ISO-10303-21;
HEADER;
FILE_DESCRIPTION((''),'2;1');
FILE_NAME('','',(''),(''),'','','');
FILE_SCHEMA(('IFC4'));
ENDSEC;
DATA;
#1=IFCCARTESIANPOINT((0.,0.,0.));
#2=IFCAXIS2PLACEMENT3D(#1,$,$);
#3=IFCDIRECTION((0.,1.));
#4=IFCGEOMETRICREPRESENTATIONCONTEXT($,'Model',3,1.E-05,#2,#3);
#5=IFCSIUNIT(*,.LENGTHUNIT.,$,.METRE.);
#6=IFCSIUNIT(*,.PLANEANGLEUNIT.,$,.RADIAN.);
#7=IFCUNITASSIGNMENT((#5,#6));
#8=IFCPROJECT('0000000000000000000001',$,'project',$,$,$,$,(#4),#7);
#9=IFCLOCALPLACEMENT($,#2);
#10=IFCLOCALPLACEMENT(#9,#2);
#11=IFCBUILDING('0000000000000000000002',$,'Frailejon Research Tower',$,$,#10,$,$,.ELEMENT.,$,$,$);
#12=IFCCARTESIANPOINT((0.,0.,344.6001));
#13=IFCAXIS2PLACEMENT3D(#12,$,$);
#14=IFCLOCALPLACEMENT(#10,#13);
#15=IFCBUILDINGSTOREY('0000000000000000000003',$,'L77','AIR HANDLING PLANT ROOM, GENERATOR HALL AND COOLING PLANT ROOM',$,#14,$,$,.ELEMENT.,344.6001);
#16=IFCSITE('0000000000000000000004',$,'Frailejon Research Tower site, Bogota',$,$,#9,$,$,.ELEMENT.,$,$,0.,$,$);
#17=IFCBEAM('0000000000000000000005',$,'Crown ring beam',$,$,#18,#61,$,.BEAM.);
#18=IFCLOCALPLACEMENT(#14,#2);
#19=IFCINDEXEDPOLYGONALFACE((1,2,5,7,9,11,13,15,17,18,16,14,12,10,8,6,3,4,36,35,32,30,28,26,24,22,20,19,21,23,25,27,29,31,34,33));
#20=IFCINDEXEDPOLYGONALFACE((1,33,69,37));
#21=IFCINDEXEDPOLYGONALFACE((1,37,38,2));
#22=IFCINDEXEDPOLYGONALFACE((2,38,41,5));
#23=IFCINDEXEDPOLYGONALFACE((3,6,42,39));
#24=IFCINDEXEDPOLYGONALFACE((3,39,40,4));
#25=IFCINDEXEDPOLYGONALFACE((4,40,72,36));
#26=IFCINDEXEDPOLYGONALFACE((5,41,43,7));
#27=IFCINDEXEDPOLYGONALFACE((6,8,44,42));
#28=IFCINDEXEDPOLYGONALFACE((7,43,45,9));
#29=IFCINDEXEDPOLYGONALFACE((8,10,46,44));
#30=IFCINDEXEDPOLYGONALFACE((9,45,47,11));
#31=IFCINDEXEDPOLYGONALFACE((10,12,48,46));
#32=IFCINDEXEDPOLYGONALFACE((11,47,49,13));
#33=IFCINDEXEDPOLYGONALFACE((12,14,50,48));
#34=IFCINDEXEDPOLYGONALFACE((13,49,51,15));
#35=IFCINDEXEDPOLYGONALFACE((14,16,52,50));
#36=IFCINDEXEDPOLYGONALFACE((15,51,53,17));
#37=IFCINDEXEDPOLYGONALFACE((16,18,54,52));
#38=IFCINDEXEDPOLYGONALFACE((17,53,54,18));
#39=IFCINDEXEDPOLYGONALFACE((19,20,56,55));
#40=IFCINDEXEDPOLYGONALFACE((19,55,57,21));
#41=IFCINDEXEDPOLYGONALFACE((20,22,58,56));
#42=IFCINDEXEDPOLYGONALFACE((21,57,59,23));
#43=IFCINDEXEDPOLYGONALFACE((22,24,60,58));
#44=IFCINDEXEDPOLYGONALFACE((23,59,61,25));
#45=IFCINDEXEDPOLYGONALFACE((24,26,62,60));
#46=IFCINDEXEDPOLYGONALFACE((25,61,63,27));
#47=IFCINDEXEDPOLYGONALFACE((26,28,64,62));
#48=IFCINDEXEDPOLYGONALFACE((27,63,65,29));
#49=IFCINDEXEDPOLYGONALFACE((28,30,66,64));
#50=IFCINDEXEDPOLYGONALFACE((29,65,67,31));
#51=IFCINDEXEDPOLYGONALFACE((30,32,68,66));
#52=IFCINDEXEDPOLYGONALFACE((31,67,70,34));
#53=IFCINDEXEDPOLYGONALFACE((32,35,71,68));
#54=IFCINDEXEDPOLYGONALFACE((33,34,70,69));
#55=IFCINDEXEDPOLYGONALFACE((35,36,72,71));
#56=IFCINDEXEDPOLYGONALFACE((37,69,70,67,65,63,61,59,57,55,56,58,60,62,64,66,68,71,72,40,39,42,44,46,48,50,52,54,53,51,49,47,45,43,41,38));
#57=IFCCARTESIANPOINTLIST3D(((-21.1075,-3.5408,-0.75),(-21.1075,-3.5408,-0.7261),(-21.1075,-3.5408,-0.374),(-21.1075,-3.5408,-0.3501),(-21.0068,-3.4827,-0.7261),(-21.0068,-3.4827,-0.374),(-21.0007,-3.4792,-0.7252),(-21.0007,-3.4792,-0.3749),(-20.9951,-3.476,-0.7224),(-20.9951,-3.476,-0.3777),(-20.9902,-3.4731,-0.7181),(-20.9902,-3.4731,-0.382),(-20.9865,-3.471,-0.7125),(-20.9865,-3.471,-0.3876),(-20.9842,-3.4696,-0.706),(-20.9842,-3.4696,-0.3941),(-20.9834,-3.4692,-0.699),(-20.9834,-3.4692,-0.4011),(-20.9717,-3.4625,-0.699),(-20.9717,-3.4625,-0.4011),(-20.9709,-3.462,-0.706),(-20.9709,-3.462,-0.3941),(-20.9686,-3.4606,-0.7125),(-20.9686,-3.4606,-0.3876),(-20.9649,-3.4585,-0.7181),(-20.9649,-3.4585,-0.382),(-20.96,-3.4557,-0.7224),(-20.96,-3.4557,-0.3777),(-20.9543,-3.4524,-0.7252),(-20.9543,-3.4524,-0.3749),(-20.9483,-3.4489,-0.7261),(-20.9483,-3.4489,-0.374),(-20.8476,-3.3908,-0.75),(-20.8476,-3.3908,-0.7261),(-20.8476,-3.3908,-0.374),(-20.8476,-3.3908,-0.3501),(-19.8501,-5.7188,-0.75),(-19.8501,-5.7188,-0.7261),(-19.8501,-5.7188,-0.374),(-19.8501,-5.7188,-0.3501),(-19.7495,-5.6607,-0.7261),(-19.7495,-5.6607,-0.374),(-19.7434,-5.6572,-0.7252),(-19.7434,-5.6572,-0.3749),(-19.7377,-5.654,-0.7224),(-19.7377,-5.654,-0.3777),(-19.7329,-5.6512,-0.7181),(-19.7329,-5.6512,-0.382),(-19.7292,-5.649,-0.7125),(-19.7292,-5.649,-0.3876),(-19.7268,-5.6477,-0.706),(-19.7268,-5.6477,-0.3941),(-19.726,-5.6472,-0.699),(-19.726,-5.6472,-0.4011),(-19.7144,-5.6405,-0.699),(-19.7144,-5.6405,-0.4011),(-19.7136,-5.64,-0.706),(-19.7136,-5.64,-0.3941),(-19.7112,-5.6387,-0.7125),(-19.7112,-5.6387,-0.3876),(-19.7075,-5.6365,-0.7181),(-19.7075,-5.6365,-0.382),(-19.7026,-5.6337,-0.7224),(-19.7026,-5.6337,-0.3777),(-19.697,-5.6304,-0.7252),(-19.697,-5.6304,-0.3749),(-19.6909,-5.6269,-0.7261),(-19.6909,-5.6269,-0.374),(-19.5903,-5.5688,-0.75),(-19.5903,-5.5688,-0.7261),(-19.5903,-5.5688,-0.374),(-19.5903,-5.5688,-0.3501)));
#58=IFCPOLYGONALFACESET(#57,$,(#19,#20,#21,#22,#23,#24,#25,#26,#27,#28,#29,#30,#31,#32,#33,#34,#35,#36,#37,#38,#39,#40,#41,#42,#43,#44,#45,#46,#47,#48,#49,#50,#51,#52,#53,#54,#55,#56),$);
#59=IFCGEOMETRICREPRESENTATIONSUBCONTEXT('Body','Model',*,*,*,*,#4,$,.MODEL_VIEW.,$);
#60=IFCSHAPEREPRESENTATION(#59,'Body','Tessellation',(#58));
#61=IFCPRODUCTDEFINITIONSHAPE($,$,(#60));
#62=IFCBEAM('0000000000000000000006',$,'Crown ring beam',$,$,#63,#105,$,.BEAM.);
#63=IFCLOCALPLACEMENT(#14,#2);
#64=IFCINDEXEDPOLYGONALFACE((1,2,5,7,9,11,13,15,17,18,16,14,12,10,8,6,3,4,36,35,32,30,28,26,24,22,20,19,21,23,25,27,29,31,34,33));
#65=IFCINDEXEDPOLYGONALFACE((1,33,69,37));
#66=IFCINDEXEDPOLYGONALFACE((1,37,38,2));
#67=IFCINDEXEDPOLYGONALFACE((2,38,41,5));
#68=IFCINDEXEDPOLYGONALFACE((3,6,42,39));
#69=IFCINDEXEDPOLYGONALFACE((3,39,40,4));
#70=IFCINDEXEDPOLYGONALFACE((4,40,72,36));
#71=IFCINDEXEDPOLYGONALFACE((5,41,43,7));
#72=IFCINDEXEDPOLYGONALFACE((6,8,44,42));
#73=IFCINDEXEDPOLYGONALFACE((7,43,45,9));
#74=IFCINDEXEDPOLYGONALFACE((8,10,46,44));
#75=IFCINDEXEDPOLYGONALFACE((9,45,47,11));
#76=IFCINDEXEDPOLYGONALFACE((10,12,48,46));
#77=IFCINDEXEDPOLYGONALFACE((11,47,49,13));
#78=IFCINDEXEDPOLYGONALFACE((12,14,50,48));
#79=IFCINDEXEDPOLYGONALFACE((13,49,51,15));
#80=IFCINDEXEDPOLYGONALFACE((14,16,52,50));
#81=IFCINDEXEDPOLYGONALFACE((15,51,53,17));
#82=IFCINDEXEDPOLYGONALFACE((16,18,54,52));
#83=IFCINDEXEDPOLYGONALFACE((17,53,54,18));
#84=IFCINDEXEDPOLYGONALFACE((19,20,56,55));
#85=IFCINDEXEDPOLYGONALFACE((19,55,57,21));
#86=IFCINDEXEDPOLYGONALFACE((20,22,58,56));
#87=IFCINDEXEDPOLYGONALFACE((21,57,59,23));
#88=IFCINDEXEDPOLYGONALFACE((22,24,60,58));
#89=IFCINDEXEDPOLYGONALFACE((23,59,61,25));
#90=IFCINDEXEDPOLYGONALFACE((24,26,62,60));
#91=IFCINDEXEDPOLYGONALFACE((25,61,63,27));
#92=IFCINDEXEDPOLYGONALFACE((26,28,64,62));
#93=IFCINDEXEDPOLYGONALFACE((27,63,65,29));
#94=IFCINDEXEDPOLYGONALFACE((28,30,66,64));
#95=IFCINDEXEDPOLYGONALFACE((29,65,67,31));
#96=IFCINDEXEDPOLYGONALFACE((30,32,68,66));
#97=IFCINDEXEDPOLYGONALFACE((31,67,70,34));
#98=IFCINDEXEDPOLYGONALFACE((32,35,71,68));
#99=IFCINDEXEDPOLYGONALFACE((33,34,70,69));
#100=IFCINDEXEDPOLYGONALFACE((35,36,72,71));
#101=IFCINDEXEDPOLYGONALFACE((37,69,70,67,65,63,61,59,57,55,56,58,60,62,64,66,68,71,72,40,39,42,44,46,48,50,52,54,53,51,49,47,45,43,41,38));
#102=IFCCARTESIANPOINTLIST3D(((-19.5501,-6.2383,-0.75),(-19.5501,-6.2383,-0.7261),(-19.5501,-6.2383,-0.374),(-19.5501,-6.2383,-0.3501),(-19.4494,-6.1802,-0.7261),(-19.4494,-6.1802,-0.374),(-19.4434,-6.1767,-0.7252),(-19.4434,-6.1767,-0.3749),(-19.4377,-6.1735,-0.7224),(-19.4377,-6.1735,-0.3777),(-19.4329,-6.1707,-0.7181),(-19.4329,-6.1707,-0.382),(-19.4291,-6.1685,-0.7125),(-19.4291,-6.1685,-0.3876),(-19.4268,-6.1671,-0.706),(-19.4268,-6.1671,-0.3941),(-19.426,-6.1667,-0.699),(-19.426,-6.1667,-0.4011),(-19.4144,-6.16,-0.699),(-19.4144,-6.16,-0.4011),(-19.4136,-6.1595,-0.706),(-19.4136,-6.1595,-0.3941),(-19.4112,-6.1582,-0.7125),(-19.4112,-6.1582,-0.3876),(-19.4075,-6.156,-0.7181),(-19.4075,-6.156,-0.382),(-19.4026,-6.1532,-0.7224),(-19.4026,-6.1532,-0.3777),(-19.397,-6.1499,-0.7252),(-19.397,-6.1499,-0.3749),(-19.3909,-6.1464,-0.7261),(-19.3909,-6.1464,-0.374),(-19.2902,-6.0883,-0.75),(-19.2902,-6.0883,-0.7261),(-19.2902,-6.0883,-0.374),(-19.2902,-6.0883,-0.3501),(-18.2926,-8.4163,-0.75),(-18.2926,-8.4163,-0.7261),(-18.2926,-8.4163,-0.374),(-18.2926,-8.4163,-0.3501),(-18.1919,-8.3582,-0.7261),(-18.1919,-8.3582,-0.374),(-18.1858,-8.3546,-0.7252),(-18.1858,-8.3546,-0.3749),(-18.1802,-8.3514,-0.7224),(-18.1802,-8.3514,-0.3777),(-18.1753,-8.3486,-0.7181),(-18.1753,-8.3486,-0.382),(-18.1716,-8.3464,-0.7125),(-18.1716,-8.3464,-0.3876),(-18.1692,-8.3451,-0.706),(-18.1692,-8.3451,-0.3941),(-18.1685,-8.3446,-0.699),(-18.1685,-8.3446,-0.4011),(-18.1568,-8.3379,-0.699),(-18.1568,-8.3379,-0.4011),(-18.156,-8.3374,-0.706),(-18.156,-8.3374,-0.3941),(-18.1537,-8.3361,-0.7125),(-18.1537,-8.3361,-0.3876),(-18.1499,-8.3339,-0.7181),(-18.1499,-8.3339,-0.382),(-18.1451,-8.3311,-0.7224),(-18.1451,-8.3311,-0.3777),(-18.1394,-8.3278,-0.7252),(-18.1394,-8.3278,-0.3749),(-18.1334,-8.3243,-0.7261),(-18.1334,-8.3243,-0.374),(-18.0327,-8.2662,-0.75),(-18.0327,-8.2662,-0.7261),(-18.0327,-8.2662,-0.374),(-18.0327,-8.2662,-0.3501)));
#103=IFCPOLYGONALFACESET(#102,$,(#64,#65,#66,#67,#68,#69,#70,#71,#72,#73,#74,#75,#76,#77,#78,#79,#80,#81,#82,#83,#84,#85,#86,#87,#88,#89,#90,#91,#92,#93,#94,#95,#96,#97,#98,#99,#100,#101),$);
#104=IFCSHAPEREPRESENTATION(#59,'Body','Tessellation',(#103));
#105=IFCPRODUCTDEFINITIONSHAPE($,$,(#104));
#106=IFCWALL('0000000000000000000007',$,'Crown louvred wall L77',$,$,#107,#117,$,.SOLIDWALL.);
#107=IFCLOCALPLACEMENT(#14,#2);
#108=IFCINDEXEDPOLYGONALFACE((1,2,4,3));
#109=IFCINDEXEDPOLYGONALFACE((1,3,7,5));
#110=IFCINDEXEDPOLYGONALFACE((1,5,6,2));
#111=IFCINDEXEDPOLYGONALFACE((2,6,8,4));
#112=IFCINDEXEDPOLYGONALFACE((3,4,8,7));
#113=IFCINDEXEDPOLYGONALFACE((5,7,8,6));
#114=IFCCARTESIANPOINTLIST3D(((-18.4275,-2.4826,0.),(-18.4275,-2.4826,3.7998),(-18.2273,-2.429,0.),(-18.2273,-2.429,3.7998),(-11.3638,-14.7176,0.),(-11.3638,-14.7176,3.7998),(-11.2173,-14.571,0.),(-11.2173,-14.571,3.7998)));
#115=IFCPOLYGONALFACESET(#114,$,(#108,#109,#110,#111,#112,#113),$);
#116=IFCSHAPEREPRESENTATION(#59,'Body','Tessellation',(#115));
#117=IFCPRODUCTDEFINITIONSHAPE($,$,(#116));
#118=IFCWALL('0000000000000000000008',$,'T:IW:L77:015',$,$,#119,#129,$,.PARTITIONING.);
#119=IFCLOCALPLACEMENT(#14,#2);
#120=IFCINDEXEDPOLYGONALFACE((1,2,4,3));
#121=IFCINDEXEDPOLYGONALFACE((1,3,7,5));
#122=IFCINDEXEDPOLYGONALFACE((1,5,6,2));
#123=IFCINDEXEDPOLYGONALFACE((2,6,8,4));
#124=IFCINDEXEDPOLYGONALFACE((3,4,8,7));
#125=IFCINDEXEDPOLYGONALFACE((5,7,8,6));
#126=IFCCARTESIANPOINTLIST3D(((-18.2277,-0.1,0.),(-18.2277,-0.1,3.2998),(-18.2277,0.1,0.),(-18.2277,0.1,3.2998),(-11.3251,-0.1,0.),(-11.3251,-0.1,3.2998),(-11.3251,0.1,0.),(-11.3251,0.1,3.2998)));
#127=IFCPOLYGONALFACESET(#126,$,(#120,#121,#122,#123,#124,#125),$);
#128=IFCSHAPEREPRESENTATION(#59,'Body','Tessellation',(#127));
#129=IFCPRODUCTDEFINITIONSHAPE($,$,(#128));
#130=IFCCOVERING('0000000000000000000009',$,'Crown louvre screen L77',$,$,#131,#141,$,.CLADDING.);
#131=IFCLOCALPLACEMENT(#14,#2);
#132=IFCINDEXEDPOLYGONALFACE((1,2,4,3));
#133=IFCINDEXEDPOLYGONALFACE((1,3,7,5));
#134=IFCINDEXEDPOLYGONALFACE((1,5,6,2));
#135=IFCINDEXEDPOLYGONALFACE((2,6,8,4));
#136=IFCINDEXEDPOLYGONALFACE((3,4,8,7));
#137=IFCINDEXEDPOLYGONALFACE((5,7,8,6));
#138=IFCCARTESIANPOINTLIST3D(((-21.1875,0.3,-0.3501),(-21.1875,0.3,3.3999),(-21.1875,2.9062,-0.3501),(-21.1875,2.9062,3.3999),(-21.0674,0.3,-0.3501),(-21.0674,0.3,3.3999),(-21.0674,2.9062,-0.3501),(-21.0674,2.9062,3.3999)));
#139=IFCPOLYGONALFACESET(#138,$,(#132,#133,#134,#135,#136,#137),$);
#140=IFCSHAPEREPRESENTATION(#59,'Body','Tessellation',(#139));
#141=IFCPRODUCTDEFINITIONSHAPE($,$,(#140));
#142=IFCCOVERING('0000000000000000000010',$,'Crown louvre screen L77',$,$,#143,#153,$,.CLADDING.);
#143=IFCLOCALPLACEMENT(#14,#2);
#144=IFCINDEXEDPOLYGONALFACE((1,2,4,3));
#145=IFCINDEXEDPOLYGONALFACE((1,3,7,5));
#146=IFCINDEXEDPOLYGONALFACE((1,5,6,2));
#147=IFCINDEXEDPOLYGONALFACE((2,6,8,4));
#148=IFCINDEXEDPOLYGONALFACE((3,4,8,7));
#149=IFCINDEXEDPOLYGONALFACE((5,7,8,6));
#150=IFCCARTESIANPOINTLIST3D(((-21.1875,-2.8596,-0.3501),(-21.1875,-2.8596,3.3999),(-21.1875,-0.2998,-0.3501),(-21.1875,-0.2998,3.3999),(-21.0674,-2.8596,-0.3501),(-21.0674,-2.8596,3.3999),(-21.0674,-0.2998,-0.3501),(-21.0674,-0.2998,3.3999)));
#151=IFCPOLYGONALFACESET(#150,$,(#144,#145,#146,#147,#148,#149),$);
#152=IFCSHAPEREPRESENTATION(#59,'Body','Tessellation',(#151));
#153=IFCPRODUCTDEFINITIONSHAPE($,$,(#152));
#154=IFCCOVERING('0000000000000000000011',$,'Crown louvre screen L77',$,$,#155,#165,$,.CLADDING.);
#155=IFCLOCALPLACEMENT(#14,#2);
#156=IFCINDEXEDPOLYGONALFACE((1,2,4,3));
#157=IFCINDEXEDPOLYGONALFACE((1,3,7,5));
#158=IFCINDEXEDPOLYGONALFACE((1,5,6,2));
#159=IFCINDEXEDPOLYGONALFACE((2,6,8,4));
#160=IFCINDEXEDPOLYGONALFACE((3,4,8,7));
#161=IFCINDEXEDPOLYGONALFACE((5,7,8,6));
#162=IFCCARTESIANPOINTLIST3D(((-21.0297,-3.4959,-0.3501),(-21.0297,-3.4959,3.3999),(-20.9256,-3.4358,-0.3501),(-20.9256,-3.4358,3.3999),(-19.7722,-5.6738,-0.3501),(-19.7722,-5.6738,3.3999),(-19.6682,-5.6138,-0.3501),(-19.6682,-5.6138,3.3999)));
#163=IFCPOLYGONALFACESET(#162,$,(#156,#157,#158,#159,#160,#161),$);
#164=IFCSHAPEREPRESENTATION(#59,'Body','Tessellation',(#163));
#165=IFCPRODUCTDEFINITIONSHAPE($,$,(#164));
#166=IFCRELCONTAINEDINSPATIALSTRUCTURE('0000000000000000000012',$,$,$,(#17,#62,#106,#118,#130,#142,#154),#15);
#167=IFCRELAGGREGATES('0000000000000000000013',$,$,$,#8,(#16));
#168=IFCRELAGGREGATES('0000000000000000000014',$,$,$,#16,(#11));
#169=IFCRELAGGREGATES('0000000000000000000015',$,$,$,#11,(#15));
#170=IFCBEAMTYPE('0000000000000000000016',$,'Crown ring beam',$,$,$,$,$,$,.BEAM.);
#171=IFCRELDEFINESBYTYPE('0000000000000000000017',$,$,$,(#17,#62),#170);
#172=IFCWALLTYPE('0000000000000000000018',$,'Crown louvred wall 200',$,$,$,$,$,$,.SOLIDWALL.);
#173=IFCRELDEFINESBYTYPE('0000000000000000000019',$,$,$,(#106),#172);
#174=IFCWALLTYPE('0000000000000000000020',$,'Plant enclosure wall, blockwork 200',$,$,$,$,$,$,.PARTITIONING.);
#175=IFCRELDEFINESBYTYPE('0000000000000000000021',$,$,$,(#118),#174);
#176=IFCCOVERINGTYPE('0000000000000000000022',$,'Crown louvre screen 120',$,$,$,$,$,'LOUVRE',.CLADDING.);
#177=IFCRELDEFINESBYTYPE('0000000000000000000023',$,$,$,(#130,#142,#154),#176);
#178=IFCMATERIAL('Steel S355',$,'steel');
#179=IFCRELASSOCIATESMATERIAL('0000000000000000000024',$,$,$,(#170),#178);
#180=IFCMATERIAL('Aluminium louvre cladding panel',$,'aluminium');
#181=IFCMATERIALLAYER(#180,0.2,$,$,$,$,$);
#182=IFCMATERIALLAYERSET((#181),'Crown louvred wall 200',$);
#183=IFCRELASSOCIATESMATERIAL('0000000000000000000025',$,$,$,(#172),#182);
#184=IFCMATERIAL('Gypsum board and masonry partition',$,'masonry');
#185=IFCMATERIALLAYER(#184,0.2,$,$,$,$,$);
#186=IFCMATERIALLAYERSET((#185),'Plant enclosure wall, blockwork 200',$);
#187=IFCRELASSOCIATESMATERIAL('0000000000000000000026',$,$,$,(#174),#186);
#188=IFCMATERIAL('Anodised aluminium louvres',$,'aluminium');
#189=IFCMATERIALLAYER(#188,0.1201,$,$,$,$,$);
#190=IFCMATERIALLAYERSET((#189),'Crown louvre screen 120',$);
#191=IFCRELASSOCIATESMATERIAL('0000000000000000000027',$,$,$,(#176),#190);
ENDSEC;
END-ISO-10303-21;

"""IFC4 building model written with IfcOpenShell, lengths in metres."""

from ifc_helpers import new_model, si_unit, direction, frame, frame_2d, origin, origin_2d, place, context, subcontext, project, spatial, polyline, rectangle, i_section, outline, extrude, material, layer, layer_set, material_profile, profile_set, type_object, element, save


model = new_model("IFC4")

# Units and contexts
model_context = context("Model", 3, precision=1e-05, world=origin(), true_north=direction((0.0, 1.0)))
body_context = subcontext(model_context, "Body", "Model", "MODEL_VIEW")
ifc_project = project(units=[si_unit("LENGTHUNIT", "METRE"), si_unit("PLANEANGLEUNIT", "RADIAN")], contexts=[model_context])

# Site, building, storey
site_placement = place(None, origin())
site = spatial("IfcSite", under=ifc_project, at=site_placement, Name="Frailejon Research Tower site, Bogota", CompositionType="ELEMENT", RefElevation=0.0)
building_placement = place(site_placement, origin())
building = spatial("IfcBuilding", under=site, at=building_placement, Name="Frailejon Research Tower", CompositionType="ELEMENT")
storey_placement = place(building_placement, frame((0.0, 0.0, 344.6001)))
storey = spatial("IfcBuildingStorey", under=building, at=storey_placement, Name="L77", Description="AIR HANDLING PLANT ROOM, GENERATOR HALL AND COOLING PLANT ROOM", CompositionType="ELEMENT", Elevation=344.6001)

# Beams
ifc_material_1 = material(Name="Steel S355", Category="steel")
ifc_material_profile_1 = material_profile(ifc_material_1, i_section(OverallWidth=0.3, OverallDepth=0.3999, WebThickness=0.0134, FlangeThickness=0.0239, FilletRadius=0.0271, at=origin_2d()), Name="HE 400 B")
ifc_profile_set_1 = profile_set([ifc_material_profile_1], Name="Steel S355")
beam_type_1 = type_object("IfcBeamType", Name="Crown ring beam", PredefinedType="BEAM", material=ifc_profile_set_1)
for number, where, z_axis, x_axis, name in (
    (1, (-20.9775, -3.4658, -0.55), (0.499961, -0.866048, 0.0), (0.866048, 0.499961, 0.0), "Crown ring beam"),
    (2, (-19.4202, -6.1633, -0.55), (0.500033, -0.866006, 0.0), (0.866006, 0.500033, 0.0), "Crown ring beam"),
):
    element("IfcBeam", number, at=place(storey_placement, frame(where, z_axis=z_axis, x_axis=x_axis)), inside=storey, type_object=beam_type_1, Name=name, PredefinedType="BEAM", context=body_context, shape_type="SweptSolid", body=[
        extrude(i_section(OverallWidth=0.3, OverallDepth=0.3999, WebThickness=0.0134, FlangeThickness=0.0239, FilletRadius=0.0271, at=origin_2d()), origin(), (0.0, 0.0, 1.0), 2.5149),
    ])

# Walls
ifc_material_2 = material(Name="Aluminium louvre cladding panel", Category="aluminium")
ifc_layer_1 = layer(ifc_material_2, 0.2)
ifc_layer_set_1 = layer_set([ifc_layer_1], Name="Crown louvred wall 200")
wall_type_1 = type_object("IfcWallType", Name="Crown louvred wall 200", PredefinedType="SOLIDWALL", material=ifc_layer_set_1)
wall_1_placement = place(storey_placement, frame((-18.3274, -2.4558, 0.0), z_axis=(0.0, 0.0, 1.0), x_axis=(0.499992, -0.86603, 0.0)))
element("IfcWall", 3, at=wall_1_placement, inside=storey, type_object=wall_type_1, Name="Crown louvred wall L77", PredefinedType="SOLIDWALL", context=body_context, shape_type="SweptSolid", body=[
    extrude(outline(polyline([(-0.0269, -0.1001), (14.1008, -0.1001), (14.0471, 0.1001), (0.0269, 0.1001), (-0.0269, -0.1001)])), origin(), (0.0, 0.0, 1.0), 3.7998),
])
ifc_material_3 = material(Name="Gypsum board and masonry partition", Category="masonry")
ifc_layer_2 = layer(ifc_material_3, 0.2)
ifc_layer_set_2 = layer_set([ifc_layer_2], Name="Plant enclosure wall, blockwork 200")
wall_type_2 = type_object("IfcWallType", Name="Plant enclosure wall, blockwork 200", PredefinedType="PARTITIONING", material=ifc_layer_set_2)
wall_2_placement = place(storey_placement, frame((-18.2275, 0.0, 0.0), z_axis=(0.0, 0.0, 1.0), x_axis=(1.0, 0.0, 0.0)))
element("IfcWall", 4, at=wall_2_placement, inside=storey, type_object=wall_type_2, Name="T:IW:L77:015", PredefinedType="PARTITIONING", context=body_context, shape_type="SweptSolid", body=[
    extrude(rectangle(XDim=6.9026, YDim=0.2, at=frame_2d((3.4512, 0.0))), origin(), (0.0, 0.0, 1.0), 3.2998),
])

# Coverings
ifc_material_4 = material(Name="Anodised aluminium louvres", Category="aluminium")
ifc_layer_3 = layer(ifc_material_4, 0.1201)
ifc_layer_set_3 = layer_set([ifc_layer_3], Name="Crown louvre screen 120")
covering_type = type_object("IfcCoveringType", Name="Crown louvre screen 120", ElementType="LOUVRE", PredefinedType="CLADDING", material=ifc_layer_set_3)
covering_1_placement = place(storey_placement, frame((-21.1274, 0.3, -0.3501), z_axis=(0.0, 1.0, 0.0), x_axis=(-1.0, 0.0, 0.0)))
element("IfcCovering", 5, at=covering_1_placement, inside=storey, type_object=covering_type, Name="Crown louvre screen L77", PredefinedType="CLADDING", context=body_context, shape_type="SweptSolid", body=[
    extrude(outline(polyline([(-0.0601, 0.0), (0.0601, 0.0), (0.0601, 3.75), (-0.0601, 3.75), (-0.0601, 0.0)])), origin(), (0.0, 0.0, 1.0), 2.6062),
])
covering_2_placement = place(storey_placement, frame((-21.1274, -2.8596, -0.3501), z_axis=(0.0, 1.0, 0.0), x_axis=(-1.0, 0.0, 0.0)))
element("IfcCovering", 6, at=covering_2_placement, inside=storey, type_object=covering_type, Name="Crown louvre screen L77", PredefinedType="CLADDING", context=body_context, shape_type="SweptSolid", body=[
    extrude(outline(polyline([(-0.0601, 0.0), (0.0601, 0.0), (0.0601, 3.75), (-0.0601, 3.75), (-0.0601, 0.0)])), origin(), (0.0, 0.0, 1.0), 2.5598),
])
covering_3_placement = place(storey_placement, frame((-19.7202, -5.6438, -0.3501), z_axis=(-0.499997, 0.866027, 0.0), x_axis=(-0.866027, -0.499997, 0.0)))
element("IfcCovering", 7, at=covering_3_placement, inside=storey, type_object=covering_type, Name="Crown louvre screen L77", PredefinedType="CLADDING", context=body_context, shape_type="SweptSolid", body=[
    extrude(outline(polyline([(-0.0601, 0.0), (0.0601, 0.0), (0.0601, 3.75), (-0.0601, 3.75), (-0.0601, 0.0)])), origin(), (0.0, 0.0, 1.0), 2.5149),
])

save(model, "model.ifc")
